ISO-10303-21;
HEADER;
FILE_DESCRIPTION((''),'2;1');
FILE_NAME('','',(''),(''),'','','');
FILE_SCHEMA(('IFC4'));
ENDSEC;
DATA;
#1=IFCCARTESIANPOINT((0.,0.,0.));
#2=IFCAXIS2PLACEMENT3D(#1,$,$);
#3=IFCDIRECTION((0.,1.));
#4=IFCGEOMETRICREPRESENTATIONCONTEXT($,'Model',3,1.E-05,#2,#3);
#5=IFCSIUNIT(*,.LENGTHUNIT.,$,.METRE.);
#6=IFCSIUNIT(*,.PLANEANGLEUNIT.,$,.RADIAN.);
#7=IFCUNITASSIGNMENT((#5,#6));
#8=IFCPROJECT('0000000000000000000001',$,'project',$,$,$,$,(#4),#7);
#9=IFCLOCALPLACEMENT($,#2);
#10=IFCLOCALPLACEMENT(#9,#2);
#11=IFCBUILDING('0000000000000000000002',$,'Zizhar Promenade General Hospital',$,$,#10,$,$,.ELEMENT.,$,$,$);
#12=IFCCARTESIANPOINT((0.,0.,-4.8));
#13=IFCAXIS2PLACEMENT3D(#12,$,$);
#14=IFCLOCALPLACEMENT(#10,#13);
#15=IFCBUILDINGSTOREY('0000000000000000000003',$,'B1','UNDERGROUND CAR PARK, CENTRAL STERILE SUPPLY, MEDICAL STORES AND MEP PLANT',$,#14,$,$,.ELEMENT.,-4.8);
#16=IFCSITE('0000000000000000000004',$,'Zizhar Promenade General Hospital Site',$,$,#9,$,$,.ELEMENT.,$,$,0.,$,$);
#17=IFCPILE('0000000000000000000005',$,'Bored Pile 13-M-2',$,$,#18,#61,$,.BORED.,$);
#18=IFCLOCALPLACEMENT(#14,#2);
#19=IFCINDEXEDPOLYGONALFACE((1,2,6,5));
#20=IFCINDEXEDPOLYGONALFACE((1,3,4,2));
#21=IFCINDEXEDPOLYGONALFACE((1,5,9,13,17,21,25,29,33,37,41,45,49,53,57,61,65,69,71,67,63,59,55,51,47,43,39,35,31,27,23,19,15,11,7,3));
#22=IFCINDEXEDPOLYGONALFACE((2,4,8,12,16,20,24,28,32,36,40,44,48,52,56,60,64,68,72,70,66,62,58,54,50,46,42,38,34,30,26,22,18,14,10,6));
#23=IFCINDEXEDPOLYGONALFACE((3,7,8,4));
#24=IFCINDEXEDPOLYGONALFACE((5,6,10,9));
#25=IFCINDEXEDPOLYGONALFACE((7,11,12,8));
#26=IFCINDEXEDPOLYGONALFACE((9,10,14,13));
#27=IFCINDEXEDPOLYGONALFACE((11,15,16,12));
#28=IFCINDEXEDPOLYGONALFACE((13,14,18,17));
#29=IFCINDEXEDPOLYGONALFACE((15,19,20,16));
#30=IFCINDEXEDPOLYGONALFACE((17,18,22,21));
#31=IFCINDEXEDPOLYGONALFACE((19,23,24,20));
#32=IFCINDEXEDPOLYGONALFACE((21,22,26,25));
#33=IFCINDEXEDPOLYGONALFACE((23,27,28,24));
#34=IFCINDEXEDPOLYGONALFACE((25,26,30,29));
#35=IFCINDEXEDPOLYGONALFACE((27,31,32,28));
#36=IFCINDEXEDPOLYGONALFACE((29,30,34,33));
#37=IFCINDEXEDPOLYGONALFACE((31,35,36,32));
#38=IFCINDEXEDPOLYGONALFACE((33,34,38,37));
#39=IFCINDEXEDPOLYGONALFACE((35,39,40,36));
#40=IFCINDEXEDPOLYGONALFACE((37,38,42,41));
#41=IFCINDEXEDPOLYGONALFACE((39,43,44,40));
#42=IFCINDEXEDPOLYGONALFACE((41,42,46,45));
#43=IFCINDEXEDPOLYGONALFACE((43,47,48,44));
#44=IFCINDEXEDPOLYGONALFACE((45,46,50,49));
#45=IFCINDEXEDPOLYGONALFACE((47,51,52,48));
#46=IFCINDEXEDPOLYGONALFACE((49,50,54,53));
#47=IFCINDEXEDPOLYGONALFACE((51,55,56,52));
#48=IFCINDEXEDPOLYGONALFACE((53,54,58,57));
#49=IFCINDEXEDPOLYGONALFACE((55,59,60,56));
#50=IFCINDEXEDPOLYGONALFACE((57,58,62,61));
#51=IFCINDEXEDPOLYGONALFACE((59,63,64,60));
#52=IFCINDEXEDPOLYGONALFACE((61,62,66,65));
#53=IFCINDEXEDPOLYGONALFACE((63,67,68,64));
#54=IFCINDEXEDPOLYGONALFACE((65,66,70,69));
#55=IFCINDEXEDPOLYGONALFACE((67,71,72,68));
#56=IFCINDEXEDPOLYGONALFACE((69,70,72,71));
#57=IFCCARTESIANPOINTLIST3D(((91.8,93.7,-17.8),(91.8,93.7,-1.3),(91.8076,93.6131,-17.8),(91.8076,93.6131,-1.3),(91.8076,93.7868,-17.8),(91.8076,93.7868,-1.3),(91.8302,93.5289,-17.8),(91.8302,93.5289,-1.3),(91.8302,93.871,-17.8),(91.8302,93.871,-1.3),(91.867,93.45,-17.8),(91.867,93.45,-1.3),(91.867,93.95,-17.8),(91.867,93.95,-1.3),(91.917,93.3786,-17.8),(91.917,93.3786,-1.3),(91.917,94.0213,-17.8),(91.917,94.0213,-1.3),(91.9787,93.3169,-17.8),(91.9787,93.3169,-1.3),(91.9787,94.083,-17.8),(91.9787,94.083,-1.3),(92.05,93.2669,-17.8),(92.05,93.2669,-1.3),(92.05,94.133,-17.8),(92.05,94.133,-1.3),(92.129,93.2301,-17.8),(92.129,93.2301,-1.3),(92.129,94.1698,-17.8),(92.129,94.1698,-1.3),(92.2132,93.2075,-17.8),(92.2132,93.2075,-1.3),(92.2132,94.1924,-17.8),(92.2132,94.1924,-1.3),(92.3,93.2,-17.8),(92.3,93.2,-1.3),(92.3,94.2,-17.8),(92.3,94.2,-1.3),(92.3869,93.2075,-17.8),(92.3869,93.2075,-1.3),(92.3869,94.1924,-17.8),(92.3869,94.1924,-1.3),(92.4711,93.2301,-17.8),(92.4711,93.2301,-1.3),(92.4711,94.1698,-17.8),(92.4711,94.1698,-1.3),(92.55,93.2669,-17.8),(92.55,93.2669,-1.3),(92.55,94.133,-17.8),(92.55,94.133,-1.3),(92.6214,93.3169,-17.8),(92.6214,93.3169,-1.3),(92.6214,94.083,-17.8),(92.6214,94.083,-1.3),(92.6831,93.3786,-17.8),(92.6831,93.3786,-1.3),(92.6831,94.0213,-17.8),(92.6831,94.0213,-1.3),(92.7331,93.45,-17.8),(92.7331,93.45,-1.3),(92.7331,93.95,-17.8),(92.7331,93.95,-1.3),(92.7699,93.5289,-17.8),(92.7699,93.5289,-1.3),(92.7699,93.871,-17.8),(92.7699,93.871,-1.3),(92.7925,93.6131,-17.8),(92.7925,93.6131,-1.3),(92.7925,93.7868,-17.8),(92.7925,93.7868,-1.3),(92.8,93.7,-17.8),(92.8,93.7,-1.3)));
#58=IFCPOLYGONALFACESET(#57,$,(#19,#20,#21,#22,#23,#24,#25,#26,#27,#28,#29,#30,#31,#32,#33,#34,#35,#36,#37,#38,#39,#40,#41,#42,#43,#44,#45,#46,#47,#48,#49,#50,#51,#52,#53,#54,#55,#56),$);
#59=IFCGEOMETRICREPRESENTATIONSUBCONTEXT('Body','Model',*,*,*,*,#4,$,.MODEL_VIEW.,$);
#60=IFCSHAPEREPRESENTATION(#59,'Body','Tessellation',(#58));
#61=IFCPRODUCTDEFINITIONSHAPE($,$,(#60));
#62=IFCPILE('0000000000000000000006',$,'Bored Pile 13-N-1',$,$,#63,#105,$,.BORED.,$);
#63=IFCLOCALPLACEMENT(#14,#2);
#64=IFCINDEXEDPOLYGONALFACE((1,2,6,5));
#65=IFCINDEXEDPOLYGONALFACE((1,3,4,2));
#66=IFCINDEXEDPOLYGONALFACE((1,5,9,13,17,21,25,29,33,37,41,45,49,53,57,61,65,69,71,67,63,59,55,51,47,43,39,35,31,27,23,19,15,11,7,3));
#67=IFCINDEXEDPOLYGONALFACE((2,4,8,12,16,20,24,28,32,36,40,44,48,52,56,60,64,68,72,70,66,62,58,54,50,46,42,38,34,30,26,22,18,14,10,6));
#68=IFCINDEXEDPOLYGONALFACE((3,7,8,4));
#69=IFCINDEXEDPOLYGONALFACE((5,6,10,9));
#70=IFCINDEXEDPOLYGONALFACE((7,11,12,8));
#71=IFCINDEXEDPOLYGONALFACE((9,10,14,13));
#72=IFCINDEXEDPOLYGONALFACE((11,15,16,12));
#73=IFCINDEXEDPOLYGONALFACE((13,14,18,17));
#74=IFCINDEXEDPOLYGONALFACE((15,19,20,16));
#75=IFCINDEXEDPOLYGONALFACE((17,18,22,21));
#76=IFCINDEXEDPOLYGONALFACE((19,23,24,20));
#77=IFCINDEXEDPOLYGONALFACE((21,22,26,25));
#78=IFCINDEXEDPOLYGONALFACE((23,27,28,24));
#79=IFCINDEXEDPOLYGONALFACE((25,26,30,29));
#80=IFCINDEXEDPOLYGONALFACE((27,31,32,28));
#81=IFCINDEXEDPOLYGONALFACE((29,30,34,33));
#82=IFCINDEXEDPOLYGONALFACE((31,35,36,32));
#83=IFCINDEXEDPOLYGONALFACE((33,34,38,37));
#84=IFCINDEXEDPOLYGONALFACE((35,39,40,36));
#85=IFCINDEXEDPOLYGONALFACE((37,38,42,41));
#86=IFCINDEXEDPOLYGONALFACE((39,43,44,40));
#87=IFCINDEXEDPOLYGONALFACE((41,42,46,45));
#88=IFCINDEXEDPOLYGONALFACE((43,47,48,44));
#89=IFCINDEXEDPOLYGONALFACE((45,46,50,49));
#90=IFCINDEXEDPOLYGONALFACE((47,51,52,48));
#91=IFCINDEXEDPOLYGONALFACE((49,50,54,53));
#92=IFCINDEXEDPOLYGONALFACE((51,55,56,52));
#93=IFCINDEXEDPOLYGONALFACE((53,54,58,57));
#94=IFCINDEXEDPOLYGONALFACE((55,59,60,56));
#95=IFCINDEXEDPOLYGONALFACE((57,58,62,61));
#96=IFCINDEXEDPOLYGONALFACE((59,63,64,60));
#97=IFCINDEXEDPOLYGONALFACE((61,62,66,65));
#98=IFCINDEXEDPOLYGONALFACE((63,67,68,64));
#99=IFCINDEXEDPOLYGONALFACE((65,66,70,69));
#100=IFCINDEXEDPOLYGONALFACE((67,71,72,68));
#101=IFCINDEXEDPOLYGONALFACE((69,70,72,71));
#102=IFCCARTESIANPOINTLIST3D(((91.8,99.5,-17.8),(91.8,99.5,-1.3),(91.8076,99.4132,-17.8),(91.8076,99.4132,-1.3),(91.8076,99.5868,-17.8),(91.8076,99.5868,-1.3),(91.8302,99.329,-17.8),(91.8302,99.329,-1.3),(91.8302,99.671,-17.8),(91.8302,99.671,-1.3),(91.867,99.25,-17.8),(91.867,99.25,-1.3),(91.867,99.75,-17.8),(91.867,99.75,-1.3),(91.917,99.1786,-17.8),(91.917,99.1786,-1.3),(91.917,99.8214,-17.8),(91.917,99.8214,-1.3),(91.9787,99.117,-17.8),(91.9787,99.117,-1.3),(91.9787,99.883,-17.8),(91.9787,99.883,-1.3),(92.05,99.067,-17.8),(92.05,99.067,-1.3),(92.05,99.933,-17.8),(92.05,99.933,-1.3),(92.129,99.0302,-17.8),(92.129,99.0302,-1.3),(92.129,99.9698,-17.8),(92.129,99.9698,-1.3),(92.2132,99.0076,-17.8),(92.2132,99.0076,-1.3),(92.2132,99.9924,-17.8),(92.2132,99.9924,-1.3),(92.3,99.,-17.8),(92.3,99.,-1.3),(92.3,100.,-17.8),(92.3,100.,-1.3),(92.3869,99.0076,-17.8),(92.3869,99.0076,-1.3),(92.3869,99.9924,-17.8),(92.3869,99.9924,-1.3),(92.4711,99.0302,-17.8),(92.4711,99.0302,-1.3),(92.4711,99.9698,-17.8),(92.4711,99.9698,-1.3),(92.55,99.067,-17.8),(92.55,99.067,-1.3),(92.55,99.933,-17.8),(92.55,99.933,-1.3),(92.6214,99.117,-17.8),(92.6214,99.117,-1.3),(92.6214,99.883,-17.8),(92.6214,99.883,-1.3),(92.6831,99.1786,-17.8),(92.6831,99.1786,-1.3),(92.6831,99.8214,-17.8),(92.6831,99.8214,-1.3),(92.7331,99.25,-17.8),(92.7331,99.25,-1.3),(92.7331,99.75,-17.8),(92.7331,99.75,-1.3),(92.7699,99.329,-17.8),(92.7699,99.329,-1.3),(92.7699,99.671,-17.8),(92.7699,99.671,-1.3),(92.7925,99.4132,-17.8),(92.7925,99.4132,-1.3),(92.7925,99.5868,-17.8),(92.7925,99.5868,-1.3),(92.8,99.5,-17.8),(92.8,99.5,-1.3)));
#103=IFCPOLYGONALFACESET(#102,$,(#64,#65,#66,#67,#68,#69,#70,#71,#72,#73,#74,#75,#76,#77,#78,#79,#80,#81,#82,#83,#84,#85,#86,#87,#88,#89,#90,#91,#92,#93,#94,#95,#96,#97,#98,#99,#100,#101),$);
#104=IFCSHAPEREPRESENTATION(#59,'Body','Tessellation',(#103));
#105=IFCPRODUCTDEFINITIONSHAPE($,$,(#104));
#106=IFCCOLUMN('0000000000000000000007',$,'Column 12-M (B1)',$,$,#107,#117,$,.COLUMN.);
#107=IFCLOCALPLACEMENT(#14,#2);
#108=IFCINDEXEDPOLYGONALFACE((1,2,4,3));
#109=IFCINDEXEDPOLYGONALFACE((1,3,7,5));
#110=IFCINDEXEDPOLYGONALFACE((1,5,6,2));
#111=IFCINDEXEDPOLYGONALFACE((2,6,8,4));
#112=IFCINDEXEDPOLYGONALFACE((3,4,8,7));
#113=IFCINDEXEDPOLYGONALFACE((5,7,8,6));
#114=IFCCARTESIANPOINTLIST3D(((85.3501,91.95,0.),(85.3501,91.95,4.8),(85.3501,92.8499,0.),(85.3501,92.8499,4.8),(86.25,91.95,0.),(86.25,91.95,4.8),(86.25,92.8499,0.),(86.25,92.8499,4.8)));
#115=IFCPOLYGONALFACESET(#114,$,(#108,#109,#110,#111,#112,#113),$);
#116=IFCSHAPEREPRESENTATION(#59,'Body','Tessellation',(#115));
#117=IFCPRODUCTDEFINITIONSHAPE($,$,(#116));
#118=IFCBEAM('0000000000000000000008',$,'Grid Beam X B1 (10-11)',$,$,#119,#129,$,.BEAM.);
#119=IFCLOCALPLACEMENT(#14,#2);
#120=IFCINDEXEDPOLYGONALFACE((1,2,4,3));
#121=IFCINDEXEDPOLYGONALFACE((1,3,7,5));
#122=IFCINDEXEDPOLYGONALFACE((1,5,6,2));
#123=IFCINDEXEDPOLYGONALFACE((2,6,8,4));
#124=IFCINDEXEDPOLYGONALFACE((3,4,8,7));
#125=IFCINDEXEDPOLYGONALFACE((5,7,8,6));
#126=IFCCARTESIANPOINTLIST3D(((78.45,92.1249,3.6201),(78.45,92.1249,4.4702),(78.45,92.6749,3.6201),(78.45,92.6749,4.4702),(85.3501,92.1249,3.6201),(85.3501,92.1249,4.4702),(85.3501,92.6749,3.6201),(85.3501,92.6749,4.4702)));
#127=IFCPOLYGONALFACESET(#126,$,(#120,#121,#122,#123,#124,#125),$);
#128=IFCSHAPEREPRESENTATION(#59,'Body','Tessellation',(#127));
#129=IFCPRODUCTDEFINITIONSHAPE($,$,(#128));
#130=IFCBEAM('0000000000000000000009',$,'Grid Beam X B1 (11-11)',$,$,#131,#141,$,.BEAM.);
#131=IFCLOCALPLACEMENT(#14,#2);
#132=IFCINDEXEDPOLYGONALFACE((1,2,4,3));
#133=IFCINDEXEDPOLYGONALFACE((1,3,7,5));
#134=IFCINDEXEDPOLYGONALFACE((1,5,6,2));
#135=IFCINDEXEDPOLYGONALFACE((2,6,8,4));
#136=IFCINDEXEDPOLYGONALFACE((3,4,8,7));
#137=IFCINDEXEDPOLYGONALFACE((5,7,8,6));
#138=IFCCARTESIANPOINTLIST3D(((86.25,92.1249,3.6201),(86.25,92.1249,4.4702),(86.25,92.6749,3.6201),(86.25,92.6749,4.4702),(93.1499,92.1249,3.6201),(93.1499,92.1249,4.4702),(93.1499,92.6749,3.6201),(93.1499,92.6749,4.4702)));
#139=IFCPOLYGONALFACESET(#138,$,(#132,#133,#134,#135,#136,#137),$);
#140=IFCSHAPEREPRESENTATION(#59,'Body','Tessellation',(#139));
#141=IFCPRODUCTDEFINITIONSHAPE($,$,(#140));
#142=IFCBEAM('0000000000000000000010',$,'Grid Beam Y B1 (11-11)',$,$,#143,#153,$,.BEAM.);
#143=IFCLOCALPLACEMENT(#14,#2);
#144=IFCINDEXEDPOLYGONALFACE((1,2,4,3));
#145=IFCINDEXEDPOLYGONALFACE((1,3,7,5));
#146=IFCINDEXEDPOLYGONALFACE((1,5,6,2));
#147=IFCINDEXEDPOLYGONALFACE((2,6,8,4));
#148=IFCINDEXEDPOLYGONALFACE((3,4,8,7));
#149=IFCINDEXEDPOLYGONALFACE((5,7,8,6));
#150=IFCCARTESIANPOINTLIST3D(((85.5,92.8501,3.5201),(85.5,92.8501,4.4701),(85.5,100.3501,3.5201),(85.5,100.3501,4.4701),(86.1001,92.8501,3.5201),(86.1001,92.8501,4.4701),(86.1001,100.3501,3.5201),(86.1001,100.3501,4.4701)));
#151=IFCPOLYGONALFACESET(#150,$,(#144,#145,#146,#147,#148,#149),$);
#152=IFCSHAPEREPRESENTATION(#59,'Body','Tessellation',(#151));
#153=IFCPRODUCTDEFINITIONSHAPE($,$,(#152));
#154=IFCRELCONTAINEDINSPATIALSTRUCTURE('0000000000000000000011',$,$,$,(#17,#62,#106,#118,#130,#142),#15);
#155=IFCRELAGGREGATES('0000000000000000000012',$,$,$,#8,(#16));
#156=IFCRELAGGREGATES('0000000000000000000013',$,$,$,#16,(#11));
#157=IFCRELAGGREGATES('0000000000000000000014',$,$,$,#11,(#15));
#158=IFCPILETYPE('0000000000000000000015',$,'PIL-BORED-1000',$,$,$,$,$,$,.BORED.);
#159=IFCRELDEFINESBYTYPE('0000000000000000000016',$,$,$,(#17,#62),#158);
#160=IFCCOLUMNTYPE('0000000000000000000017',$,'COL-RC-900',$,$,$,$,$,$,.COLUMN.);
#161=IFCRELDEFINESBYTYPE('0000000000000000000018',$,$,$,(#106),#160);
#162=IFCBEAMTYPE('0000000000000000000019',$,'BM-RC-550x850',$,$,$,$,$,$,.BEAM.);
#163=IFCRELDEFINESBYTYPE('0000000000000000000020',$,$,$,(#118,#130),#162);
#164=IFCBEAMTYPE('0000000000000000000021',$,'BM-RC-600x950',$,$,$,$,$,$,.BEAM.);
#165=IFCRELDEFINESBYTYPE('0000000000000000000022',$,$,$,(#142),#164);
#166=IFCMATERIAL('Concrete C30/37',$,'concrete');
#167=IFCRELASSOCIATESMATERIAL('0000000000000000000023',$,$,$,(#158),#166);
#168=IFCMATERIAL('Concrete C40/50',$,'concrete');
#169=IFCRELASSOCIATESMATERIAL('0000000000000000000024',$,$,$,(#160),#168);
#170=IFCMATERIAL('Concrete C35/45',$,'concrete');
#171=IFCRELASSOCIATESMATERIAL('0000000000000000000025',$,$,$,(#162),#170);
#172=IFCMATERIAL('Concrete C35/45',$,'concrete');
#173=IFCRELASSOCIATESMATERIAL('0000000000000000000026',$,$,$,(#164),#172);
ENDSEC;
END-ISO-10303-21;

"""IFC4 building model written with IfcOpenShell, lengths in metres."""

from ifc_helpers import new_model, si_unit, direction, frame, origin, origin_2d, place, context, subcontext, project, spatial, rectangle, circle, extrude, material, material_profile, profile_set, type_object, element, save


model = new_model("IFC4")

# Units and contexts
model_context = context("Model", 3, precision=1e-05, world=origin(), true_north=direction((0.0, 1.0)))
body_context = subcontext(model_context, "Body", "Model", "MODEL_VIEW")
ifc_project = project(units=[si_unit("LENGTHUNIT", "METRE"), si_unit("PLANEANGLEUNIT", "RADIAN")], contexts=[model_context])

# Site, building, storey
site_placement = place(None, origin())
site = spatial("IfcSite", under=ifc_project, at=site_placement, Name="Zizhar Promenade General Hospital Site", CompositionType="ELEMENT", RefElevation=0.0)
building_placement = place(site_placement, origin())
building = spatial("IfcBuilding", under=site, at=building_placement, Name="Zizhar Promenade General Hospital", CompositionType="ELEMENT")
storey_placement = place(building_placement, frame((0.0, 0.0, -4.8)))
storey = spatial("IfcBuildingStorey", under=building, at=storey_placement, Name="B1", Description="UNDERGROUND CAR PARK, CENTRAL STERILE SUPPLY, MEDICAL STORES AND MEP PLANT", CompositionType="ELEMENT", Elevation=-4.8)

# Piles
ifc_material_1 = material(Name="Concrete C30/37", Category="concrete")
ifc_material_profile_1 = material_profile(ifc_material_1, circle(Radius=0.5, at=origin_2d()))
ifc_profile_set_1 = profile_set([ifc_material_profile_1], Name="Concrete C30/37")
pile_type = type_object("IfcPileType", Name="PIL-BORED-1000", PredefinedType="BORED", material=ifc_profile_set_1)
for number, where, z_axis, x_axis, name in (
    (1, (92.3, 93.7, -1.3), (0.0, 0.0, -1.0), (1.0, 0.0, 0.0), "Bored Pile 13-M-2"),
    (2, (92.3, 99.5, -1.3), (0.0, 0.0, -1.0), (1.0, 0.0, 0.0), "Bored Pile 13-N-1"),
):
    element("IfcPile", number, at=place(storey_placement, frame(where, z_axis=z_axis, x_axis=x_axis)), inside=storey, type_object=pile_type, Name=name, PredefinedType="BORED", context=body_context, shape_type="SweptSolid", body=[
        extrude(circle(Radius=0.5, at=origin_2d()), origin(), (0.0, 0.0, 1.0), 16.5),
    ])

# Column
ifc_material_2 = material(Name="Concrete C40/50", Category="concrete")
ifc_material_profile_2 = material_profile(ifc_material_2, rectangle(XDim=0.8999, YDim=0.8999, at=origin_2d()))
ifc_profile_set_2 = profile_set([ifc_material_profile_2], Name="Concrete C40/50")
column_type = type_object("IfcColumnType", Name="COL-RC-900", PredefinedType="COLUMN", material=ifc_profile_set_2)
column_placement = place(storey_placement, frame((85.8, 92.3999, 0.0), z_axis=(0.0, 0.0, 1.0), x_axis=(1.0, 0.0, 0.0)))
element("IfcColumn", 3, at=column_placement, inside=storey, type_object=column_type, Name="Column 12-M (B1)", PredefinedType="COLUMN", context=body_context, shape_type="SweptSolid", body=[
    extrude(rectangle(XDim=0.8999, YDim=0.8999, at=origin_2d()), origin(), (0.0, 0.0, 1.0), 4.8),
])

# Beams
ifc_material_3 = material(Name="Concrete C35/45", Category="concrete")
ifc_material_profile_3 = material_profile(ifc_material_3, rectangle(XDim=0.55, YDim=0.8501, at=origin_2d()))
ifc_profile_set_3 = profile_set([ifc_material_profile_3], Name="Concrete C35/45")
beam_type_1 = type_object("IfcBeamType", Name="BM-RC-550x850", PredefinedType="BEAM", material=ifc_profile_set_3)
beam_1_placement = place(storey_placement, frame((78.45, 92.3999, 4.0452), z_axis=(1.0, 0.0, 0.0), x_axis=(0.0, 1.0, 0.0)))
element("IfcBeam", 4, at=beam_1_placement, inside=storey, type_object=beam_type_1, Name="Grid Beam X B1 (10-11)", PredefinedType="BEAM", context=body_context, shape_type="SweptSolid", body=[
    extrude(rectangle(XDim=0.55, YDim=0.8501, at=origin_2d()), origin(), (0.0, 0.0, 1.0), 6.9001),
])
beam_2_placement = place(storey_placement, frame((86.25, 92.3999, 4.0452), z_axis=(1.0, 0.0, 0.0), x_axis=(0.0, 1.0, 0.0)))
element("IfcBeam", 5, at=beam_2_placement, inside=storey, type_object=beam_type_1, Name="Grid Beam X B1 (11-11)", PredefinedType="BEAM", context=body_context, shape_type="SweptSolid", body=[
    extrude(rectangle(XDim=0.55, YDim=0.8501, at=origin_2d()), origin(), (0.0, 0.0, 1.0), 6.8999),
])
ifc_material_4 = material(Name="Concrete C35/45", Category="concrete")
ifc_material_profile_4 = material_profile(ifc_material_4, rectangle(XDim=0.6001, YDim=0.95, at=origin_2d()))
ifc_profile_set_4 = profile_set([ifc_material_profile_4], Name="Concrete C35/45")
beam_type_2 = type_object("IfcBeamType", Name="BM-RC-600x950", PredefinedType="BEAM", material=ifc_profile_set_4)
beam_3_placement = place(storey_placement, frame((85.8, 92.8501, 3.9951), z_axis=(0.0, 1.0, 0.0), x_axis=(-1.0, 0.0, 0.0)))
element("IfcBeam", 6, at=beam_3_placement, inside=storey, type_object=beam_type_2, Name="Grid Beam Y B1 (11-11)", PredefinedType="BEAM", context=body_context, shape_type="SweptSolid", body=[
    extrude(rectangle(XDim=0.6001, YDim=0.95, at=origin_2d()), origin(), (0.0, 0.0, 1.0), 7.5),
])

save(model, "model.ifc")
